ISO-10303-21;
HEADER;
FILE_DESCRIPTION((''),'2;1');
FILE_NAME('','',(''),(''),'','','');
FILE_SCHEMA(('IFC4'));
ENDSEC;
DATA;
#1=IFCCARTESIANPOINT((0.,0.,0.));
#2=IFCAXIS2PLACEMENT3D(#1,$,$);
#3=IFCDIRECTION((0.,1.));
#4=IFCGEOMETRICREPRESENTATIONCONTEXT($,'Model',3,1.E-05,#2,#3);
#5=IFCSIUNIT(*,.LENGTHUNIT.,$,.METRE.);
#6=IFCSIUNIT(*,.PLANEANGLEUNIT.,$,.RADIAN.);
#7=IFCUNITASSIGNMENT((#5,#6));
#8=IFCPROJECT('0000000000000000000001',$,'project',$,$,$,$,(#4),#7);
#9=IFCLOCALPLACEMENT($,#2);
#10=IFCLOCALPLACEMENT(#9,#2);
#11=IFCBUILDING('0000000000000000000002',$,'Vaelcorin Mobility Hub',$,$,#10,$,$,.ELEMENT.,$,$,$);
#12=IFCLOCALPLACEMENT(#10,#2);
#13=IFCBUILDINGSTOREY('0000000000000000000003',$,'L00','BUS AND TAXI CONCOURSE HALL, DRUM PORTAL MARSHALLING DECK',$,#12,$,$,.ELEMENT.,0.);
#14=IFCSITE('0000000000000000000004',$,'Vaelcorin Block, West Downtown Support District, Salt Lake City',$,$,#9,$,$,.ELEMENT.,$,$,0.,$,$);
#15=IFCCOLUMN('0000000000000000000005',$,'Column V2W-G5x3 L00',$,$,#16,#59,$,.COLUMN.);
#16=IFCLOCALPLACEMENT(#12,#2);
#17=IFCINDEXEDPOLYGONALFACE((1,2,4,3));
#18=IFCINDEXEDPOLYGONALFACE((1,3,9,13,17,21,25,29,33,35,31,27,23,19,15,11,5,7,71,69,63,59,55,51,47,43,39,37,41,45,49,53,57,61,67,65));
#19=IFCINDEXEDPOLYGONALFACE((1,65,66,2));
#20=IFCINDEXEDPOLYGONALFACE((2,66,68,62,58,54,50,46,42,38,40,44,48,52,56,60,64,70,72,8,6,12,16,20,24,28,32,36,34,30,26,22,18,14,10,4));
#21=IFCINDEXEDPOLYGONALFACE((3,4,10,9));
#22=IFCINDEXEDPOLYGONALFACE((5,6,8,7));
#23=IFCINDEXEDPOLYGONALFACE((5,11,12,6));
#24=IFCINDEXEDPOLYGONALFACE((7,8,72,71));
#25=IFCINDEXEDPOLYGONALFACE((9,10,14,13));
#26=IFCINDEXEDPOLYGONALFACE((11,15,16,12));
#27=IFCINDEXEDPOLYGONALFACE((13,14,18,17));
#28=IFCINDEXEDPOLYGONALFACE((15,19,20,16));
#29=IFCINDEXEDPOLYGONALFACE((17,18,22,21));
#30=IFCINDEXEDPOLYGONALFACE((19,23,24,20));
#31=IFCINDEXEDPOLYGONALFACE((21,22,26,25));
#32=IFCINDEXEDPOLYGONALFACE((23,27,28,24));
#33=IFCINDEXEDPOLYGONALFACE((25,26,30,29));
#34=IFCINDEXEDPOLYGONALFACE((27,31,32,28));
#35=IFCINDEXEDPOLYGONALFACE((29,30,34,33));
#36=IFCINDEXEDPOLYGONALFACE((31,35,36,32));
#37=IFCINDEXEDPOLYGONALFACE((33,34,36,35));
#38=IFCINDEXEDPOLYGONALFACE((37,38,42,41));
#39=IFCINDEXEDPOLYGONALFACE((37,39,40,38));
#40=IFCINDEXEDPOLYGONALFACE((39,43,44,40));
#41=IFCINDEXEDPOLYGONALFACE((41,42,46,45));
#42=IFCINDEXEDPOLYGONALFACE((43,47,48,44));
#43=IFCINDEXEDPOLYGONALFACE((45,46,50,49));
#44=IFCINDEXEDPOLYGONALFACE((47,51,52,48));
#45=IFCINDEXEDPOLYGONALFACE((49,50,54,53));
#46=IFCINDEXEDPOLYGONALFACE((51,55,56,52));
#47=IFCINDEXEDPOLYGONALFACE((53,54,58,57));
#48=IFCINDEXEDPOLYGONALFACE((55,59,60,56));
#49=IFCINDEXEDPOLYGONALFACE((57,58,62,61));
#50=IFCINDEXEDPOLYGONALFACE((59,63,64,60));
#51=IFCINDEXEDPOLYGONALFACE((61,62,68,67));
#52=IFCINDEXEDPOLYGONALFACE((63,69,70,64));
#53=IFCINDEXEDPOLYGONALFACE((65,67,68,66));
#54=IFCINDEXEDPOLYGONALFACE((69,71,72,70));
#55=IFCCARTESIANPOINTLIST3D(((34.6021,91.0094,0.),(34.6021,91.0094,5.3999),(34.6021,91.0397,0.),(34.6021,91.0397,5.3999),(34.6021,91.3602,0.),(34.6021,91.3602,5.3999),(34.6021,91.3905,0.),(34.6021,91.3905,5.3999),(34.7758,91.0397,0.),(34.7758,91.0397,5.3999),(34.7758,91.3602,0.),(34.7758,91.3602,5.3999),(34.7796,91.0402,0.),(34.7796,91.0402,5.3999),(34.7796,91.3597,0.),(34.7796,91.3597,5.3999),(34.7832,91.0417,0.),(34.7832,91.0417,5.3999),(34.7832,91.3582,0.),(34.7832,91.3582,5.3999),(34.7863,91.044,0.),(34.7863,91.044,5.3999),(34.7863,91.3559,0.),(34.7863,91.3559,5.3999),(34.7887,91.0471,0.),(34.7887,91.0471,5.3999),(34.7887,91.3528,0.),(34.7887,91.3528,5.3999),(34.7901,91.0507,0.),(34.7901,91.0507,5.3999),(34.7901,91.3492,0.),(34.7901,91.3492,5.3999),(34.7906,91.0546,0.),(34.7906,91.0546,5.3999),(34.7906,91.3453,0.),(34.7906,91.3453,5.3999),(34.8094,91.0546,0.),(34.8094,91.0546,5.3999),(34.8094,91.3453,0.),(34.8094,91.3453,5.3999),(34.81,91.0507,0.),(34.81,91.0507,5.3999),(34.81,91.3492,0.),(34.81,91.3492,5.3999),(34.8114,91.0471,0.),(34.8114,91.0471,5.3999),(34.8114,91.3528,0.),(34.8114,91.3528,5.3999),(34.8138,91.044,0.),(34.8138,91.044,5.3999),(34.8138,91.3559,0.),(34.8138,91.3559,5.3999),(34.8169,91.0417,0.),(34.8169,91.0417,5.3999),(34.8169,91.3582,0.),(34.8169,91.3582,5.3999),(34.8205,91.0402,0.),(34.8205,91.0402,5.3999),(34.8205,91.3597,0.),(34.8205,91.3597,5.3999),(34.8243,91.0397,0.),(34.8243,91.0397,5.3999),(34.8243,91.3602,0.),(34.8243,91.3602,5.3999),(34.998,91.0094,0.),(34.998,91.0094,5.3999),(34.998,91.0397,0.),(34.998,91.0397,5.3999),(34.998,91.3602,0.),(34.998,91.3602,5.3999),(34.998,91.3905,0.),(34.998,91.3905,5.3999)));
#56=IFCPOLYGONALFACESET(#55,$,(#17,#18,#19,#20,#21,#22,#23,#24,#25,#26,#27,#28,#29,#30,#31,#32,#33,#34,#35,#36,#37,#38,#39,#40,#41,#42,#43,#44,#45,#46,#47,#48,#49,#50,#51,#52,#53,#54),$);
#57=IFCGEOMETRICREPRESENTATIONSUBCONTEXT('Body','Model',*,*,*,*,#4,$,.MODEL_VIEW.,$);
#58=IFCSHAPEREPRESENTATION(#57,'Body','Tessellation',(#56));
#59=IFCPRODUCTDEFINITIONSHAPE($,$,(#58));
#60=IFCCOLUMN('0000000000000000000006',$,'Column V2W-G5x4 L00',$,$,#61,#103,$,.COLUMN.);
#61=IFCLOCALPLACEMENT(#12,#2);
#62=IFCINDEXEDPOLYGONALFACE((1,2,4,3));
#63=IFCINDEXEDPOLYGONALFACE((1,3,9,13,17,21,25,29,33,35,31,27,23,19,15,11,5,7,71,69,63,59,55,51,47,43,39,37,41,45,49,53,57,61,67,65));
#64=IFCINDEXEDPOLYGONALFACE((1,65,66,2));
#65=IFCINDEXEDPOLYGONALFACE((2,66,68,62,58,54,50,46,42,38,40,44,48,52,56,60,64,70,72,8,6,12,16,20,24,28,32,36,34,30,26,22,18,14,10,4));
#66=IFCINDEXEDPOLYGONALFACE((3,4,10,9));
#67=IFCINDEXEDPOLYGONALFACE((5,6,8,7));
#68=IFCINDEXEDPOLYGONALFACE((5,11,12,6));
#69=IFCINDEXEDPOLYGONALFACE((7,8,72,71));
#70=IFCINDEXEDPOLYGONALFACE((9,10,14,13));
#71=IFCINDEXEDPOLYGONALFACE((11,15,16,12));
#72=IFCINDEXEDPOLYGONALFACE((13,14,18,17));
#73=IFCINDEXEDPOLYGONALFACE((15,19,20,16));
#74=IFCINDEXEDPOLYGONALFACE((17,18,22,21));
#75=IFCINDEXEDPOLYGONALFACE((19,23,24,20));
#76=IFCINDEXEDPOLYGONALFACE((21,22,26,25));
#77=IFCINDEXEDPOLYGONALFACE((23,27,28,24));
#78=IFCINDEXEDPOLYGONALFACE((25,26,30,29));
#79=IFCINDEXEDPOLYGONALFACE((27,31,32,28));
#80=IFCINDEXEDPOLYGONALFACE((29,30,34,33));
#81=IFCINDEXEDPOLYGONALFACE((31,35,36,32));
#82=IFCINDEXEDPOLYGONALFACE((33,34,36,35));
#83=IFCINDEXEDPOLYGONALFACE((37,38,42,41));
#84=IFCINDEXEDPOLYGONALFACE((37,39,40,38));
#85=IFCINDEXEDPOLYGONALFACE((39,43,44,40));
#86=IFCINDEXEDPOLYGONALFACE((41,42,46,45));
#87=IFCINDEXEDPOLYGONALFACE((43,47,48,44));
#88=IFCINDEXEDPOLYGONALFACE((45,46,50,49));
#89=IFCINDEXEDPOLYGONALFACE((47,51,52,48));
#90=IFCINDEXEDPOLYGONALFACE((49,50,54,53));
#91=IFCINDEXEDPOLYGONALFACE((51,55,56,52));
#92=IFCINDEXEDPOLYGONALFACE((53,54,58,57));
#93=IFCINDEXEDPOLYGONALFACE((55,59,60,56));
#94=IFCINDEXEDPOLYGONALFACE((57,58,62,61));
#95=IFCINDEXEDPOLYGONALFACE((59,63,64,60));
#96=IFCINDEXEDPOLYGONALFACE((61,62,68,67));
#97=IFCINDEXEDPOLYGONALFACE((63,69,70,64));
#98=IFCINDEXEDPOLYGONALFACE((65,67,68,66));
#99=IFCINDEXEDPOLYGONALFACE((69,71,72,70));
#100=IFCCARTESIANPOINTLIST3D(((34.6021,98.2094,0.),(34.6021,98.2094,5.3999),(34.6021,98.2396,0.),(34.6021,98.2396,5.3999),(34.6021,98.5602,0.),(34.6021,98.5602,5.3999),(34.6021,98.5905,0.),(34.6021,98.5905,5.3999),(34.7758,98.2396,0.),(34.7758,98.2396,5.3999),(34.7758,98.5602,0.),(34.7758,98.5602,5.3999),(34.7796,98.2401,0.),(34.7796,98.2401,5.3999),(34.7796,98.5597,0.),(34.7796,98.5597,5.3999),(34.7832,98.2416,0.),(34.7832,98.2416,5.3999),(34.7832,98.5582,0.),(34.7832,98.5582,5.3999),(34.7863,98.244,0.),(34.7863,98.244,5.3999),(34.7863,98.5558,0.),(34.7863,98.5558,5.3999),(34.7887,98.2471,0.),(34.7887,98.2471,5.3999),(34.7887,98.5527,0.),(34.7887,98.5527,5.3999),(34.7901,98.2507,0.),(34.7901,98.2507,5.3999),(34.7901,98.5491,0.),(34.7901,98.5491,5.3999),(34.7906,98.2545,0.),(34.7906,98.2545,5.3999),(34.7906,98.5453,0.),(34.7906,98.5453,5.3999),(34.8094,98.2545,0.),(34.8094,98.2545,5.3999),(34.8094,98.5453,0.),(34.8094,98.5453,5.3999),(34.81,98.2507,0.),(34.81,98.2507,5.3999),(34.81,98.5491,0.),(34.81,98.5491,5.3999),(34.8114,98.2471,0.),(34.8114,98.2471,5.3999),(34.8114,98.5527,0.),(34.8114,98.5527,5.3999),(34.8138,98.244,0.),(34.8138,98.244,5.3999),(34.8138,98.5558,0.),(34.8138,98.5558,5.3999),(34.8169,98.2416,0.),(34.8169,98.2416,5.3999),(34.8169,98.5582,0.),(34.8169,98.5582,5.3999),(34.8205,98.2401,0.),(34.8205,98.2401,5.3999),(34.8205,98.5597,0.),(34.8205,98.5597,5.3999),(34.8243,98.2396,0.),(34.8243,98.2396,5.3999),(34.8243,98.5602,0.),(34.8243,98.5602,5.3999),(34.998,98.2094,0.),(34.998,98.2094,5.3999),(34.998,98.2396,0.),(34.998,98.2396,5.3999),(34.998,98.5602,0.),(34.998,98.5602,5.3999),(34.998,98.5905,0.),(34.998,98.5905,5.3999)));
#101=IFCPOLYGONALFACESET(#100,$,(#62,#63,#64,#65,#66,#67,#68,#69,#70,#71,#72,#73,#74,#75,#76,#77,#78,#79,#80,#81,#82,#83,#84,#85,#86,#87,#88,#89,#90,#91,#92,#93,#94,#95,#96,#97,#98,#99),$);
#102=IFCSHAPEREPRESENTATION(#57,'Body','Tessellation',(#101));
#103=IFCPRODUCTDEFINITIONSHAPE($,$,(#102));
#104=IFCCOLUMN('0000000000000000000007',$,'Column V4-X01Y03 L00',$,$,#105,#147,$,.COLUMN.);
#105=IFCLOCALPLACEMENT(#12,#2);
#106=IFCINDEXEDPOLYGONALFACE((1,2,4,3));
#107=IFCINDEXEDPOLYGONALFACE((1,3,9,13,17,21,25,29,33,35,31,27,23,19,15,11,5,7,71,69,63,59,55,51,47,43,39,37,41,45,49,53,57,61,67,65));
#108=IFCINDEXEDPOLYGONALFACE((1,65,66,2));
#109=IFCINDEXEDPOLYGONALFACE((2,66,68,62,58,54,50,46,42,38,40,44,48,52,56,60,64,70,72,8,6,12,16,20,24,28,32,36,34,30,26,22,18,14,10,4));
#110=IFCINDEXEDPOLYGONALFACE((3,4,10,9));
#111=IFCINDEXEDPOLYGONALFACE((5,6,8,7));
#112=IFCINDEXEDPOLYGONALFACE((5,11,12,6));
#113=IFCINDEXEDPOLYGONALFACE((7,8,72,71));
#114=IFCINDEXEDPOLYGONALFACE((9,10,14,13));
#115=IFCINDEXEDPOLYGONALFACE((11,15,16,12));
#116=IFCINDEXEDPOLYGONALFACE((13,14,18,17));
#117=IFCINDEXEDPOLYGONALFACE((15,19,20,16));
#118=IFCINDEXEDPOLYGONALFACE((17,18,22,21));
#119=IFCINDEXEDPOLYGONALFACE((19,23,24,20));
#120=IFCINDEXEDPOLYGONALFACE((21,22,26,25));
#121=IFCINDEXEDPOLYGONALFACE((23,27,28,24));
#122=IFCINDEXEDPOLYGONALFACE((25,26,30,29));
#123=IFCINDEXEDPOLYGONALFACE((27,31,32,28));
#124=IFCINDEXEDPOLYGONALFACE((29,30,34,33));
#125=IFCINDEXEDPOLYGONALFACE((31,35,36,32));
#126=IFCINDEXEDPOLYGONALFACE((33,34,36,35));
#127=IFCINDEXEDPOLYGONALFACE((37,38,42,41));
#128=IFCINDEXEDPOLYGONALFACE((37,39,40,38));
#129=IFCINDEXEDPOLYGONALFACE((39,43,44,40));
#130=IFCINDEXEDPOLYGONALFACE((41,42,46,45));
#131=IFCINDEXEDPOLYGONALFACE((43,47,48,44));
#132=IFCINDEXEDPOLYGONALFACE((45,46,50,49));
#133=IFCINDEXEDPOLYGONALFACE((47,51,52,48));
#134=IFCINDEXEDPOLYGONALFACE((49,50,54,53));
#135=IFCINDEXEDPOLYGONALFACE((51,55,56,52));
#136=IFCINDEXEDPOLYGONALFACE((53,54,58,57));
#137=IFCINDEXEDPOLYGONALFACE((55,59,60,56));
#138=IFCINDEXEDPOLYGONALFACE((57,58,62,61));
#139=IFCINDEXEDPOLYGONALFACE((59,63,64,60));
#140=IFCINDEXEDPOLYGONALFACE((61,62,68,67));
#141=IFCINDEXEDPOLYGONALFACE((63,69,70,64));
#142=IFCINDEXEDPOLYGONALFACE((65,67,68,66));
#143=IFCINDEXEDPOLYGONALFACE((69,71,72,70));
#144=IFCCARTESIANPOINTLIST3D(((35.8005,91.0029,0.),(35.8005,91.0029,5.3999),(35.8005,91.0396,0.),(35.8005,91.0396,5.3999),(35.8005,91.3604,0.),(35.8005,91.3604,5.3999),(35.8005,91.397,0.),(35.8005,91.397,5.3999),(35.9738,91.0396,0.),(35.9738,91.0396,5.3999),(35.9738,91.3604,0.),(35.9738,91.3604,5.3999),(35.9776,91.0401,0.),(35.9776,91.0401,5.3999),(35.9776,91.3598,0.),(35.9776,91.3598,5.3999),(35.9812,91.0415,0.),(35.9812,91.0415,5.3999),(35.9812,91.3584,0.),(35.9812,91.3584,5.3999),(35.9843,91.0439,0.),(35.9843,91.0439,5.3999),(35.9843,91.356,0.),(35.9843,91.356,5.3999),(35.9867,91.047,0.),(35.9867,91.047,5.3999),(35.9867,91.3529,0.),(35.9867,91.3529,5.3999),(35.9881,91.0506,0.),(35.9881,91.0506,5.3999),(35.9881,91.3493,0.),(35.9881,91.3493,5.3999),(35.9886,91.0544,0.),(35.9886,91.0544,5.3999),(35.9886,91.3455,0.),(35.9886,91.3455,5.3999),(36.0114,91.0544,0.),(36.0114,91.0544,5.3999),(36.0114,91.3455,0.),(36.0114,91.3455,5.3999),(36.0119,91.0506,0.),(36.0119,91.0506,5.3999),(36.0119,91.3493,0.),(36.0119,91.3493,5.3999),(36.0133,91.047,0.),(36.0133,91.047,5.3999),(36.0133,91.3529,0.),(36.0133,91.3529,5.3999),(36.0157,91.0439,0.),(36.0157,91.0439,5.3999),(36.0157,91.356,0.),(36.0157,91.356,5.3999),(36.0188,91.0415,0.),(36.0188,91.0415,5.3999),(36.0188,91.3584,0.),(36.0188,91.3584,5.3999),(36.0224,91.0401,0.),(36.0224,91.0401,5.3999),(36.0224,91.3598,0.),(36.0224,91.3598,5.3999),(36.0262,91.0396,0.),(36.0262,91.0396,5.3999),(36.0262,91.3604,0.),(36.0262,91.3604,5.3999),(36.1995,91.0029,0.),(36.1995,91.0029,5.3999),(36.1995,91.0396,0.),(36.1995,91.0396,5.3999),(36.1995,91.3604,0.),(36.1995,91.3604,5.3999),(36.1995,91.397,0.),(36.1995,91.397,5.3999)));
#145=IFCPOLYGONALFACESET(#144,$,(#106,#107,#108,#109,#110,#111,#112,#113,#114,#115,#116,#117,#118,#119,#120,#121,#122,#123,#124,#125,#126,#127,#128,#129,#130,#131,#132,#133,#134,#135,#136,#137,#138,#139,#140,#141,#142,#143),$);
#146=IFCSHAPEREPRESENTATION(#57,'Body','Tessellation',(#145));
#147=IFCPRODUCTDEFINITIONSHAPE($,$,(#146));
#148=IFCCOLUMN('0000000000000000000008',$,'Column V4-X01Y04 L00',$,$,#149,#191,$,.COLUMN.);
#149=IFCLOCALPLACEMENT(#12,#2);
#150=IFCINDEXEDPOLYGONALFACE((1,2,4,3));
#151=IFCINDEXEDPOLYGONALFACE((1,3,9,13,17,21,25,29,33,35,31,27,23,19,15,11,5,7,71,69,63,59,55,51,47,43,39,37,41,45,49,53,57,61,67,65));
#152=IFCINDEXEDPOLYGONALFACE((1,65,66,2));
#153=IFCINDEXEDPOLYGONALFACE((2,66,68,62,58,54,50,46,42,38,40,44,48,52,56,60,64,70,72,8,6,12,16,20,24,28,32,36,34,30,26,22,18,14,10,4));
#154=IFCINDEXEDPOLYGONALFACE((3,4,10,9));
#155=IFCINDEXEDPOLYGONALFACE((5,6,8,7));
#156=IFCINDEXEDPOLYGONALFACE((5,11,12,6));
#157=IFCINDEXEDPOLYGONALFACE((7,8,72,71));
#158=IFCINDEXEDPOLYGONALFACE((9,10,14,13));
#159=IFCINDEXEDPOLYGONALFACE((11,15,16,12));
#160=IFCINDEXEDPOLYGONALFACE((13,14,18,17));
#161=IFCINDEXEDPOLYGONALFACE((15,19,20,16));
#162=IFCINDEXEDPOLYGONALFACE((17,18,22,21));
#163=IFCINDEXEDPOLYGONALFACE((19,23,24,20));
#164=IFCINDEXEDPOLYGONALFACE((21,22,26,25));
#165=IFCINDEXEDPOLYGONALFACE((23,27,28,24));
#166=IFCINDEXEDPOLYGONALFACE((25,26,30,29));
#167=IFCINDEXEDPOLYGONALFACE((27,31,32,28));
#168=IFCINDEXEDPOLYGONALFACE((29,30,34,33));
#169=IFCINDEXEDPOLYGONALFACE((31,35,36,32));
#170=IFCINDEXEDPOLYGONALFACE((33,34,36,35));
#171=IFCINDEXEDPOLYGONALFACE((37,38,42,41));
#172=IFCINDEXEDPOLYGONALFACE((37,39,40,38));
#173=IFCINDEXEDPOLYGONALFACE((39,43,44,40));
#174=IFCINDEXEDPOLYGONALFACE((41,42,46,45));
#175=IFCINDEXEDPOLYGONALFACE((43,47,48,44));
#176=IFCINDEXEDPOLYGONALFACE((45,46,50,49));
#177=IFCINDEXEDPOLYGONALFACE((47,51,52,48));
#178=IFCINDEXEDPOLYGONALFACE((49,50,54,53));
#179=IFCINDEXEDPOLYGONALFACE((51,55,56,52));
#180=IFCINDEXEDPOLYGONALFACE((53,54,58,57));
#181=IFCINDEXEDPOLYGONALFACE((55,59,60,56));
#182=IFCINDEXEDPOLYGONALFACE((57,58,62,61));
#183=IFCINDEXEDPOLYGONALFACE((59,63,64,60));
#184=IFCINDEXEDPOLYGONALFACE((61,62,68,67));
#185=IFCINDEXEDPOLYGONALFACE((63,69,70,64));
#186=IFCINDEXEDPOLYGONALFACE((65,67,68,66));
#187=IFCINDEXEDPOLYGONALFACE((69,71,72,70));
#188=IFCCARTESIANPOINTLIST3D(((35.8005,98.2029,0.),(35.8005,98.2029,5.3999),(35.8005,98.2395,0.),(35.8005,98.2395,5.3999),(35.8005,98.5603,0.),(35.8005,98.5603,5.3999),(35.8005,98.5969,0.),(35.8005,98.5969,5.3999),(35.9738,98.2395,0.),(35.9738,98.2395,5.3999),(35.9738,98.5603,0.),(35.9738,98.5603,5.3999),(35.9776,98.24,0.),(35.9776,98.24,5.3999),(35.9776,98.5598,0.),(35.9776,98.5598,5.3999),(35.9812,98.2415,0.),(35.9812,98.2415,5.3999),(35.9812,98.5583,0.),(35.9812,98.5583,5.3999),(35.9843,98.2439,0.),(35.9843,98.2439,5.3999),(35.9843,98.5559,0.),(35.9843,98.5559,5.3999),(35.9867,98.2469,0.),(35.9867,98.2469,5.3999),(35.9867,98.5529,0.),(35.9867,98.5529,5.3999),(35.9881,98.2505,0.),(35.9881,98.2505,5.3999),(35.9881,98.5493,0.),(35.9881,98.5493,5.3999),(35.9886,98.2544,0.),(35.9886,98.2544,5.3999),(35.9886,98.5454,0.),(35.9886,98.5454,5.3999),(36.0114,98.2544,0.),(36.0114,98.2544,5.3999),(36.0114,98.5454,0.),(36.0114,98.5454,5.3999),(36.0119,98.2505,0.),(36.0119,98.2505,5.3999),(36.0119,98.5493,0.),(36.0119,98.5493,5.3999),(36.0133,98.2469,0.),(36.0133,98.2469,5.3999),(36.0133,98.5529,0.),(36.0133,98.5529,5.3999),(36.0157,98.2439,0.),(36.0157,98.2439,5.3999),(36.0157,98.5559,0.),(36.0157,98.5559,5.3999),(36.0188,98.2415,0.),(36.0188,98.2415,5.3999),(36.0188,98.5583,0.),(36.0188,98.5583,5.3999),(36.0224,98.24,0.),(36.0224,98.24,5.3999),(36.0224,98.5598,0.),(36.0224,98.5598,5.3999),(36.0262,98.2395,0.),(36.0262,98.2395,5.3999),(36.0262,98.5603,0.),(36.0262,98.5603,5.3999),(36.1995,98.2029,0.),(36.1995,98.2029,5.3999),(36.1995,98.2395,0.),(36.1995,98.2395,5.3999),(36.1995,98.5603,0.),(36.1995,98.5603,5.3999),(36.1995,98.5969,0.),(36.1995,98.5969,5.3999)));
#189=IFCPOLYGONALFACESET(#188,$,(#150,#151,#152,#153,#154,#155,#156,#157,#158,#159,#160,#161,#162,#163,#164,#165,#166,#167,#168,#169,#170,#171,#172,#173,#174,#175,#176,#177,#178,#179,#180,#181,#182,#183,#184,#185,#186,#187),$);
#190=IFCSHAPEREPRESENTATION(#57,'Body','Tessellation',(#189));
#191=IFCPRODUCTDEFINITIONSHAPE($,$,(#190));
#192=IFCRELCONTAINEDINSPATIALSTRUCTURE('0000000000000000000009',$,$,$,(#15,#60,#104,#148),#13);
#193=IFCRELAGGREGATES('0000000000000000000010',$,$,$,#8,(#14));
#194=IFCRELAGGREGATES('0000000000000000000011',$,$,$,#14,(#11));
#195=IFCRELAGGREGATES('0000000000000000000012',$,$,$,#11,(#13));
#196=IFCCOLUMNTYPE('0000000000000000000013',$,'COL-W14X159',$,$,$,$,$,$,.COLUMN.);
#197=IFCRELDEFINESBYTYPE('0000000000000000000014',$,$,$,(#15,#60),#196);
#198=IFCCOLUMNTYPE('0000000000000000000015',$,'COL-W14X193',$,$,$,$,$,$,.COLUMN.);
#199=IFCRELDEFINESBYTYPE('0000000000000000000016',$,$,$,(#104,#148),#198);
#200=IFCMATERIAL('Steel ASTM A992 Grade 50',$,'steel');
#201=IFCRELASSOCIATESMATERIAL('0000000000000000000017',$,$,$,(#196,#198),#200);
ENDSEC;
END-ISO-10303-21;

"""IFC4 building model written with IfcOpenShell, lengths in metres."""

from ifc_helpers import new_model, si_unit, direction, frame, origin, origin_2d, place, context, subcontext, project, spatial, i_section, extrude, material, material_profile, profile_set, type_object, element, save


model = new_model("IFC4")

# Units and contexts
model_context = context("Model", 3, precision=1e-05, world=origin(), true_north=direction((0.0, 1.0)))
body_context = subcontext(model_context, "Body", "Model", "MODEL_VIEW")
ifc_project = project(units=[si_unit("LENGTHUNIT", "METRE"), si_unit("PLANEANGLEUNIT", "RADIAN")], contexts=[model_context])

# Site, building, storey
site_placement = place(None, origin())
site = spatial("IfcSite", under=ifc_project, at=site_placement, Name="Vaelcorin Block, West Downtown Support District, Salt Lake City", CompositionType="ELEMENT", RefElevation=0.0)
building_placement = place(site_placement, origin())
building = spatial("IfcBuilding", under=site, at=building_placement, Name="Vaelcorin Mobility Hub", CompositionType="ELEMENT")
storey_placement = place(building_placement, origin())
storey = spatial("IfcBuildingStorey", under=building, at=storey_placement, Name="L00", Description="BUS AND TAXI CONCOURSE HALL, DRUM PORTAL MARSHALLING DECK", CompositionType="ELEMENT", Elevation=0.0)

# Columns
ifc_material_1 = material(Name="Steel ASTM A992 Grade 50", Category="steel")
ifc_material_profile_1 = material_profile(ifc_material_1, i_section(OverallWidth=0.396, OverallDepth=0.3811, WebThickness=0.0188, FlangeThickness=0.0303, FilletRadius=0.0149, at=origin_2d()), Name="W14X159")
ifc_profile_set_1 = profile_set([ifc_material_profile_1], Name="Steel ASTM A992 Grade 50")
column_type_1 = type_object("IfcColumnType", Name="COL-W14X159", PredefinedType="COLUMN", material=ifc_profile_set_1)
for number, where, z_axis, x_axis, name in (
    (1, (34.8, 91.2, 0.0), (0.0, 0.0, 1.0), (1.0, 0.0, 0.0), "Column V2W-G5x3 L00"),
    (2, (34.8, 98.3999, 0.0), (0.0, 0.0, 1.0), (1.0, 0.0, 0.0), "Column V2W-G5x4 L00"),
):
    element("IfcColumn", number, at=place(storey_placement, frame(where, z_axis=z_axis, x_axis=x_axis)), inside=storey, type_object=column_type_1, Name=name, PredefinedType="COLUMN", context=body_context, shape_type="SweptSolid", body=[
        extrude(i_section(OverallWidth=0.396, OverallDepth=0.3811, WebThickness=0.0188, FlangeThickness=0.0303, FilletRadius=0.0149, at=origin_2d()), origin(), (0.0, 0.0, 1.0), 5.3999),
    ])
ifc_material_profile_2 = material_profile(ifc_material_1, i_section(OverallWidth=0.3989, OverallDepth=0.394, WebThickness=0.0227, FlangeThickness=0.0366, FilletRadius=0.0149, at=origin_2d()), Name="W14X193")
ifc_profile_set_2 = profile_set([ifc_material_profile_2], Name="Steel ASTM A992 Grade 50")
column_type_2 = type_object("IfcColumnType", Name="COL-W14X193", PredefinedType="COLUMN", material=ifc_profile_set_2)
for number, where, z_axis, x_axis, name in (
    (3, (36.0, 91.2, 0.0), (0.0, 0.0, 1.0), (1.0, 0.0, 0.0), "Column V4-X01Y03 L00"),
    (4, (36.0, 98.3999, 0.0), (0.0, 0.0, 1.0), (1.0, 0.0, 0.0), "Column V4-X01Y04 L00"),
):
    element("IfcColumn", number, at=place(storey_placement, frame(where, z_axis=z_axis, x_axis=x_axis)), inside=storey, type_object=column_type_2, Name=name, PredefinedType="COLUMN", context=body_context, shape_type="SweptSolid", body=[
        extrude(i_section(OverallWidth=0.3989, OverallDepth=0.394, WebThickness=0.0227, FlangeThickness=0.0366, FilletRadius=0.0149, at=origin_2d()), origin(), (0.0, 0.0, 1.0), 5.3999),
    ])

save(model, "model.ifc")
